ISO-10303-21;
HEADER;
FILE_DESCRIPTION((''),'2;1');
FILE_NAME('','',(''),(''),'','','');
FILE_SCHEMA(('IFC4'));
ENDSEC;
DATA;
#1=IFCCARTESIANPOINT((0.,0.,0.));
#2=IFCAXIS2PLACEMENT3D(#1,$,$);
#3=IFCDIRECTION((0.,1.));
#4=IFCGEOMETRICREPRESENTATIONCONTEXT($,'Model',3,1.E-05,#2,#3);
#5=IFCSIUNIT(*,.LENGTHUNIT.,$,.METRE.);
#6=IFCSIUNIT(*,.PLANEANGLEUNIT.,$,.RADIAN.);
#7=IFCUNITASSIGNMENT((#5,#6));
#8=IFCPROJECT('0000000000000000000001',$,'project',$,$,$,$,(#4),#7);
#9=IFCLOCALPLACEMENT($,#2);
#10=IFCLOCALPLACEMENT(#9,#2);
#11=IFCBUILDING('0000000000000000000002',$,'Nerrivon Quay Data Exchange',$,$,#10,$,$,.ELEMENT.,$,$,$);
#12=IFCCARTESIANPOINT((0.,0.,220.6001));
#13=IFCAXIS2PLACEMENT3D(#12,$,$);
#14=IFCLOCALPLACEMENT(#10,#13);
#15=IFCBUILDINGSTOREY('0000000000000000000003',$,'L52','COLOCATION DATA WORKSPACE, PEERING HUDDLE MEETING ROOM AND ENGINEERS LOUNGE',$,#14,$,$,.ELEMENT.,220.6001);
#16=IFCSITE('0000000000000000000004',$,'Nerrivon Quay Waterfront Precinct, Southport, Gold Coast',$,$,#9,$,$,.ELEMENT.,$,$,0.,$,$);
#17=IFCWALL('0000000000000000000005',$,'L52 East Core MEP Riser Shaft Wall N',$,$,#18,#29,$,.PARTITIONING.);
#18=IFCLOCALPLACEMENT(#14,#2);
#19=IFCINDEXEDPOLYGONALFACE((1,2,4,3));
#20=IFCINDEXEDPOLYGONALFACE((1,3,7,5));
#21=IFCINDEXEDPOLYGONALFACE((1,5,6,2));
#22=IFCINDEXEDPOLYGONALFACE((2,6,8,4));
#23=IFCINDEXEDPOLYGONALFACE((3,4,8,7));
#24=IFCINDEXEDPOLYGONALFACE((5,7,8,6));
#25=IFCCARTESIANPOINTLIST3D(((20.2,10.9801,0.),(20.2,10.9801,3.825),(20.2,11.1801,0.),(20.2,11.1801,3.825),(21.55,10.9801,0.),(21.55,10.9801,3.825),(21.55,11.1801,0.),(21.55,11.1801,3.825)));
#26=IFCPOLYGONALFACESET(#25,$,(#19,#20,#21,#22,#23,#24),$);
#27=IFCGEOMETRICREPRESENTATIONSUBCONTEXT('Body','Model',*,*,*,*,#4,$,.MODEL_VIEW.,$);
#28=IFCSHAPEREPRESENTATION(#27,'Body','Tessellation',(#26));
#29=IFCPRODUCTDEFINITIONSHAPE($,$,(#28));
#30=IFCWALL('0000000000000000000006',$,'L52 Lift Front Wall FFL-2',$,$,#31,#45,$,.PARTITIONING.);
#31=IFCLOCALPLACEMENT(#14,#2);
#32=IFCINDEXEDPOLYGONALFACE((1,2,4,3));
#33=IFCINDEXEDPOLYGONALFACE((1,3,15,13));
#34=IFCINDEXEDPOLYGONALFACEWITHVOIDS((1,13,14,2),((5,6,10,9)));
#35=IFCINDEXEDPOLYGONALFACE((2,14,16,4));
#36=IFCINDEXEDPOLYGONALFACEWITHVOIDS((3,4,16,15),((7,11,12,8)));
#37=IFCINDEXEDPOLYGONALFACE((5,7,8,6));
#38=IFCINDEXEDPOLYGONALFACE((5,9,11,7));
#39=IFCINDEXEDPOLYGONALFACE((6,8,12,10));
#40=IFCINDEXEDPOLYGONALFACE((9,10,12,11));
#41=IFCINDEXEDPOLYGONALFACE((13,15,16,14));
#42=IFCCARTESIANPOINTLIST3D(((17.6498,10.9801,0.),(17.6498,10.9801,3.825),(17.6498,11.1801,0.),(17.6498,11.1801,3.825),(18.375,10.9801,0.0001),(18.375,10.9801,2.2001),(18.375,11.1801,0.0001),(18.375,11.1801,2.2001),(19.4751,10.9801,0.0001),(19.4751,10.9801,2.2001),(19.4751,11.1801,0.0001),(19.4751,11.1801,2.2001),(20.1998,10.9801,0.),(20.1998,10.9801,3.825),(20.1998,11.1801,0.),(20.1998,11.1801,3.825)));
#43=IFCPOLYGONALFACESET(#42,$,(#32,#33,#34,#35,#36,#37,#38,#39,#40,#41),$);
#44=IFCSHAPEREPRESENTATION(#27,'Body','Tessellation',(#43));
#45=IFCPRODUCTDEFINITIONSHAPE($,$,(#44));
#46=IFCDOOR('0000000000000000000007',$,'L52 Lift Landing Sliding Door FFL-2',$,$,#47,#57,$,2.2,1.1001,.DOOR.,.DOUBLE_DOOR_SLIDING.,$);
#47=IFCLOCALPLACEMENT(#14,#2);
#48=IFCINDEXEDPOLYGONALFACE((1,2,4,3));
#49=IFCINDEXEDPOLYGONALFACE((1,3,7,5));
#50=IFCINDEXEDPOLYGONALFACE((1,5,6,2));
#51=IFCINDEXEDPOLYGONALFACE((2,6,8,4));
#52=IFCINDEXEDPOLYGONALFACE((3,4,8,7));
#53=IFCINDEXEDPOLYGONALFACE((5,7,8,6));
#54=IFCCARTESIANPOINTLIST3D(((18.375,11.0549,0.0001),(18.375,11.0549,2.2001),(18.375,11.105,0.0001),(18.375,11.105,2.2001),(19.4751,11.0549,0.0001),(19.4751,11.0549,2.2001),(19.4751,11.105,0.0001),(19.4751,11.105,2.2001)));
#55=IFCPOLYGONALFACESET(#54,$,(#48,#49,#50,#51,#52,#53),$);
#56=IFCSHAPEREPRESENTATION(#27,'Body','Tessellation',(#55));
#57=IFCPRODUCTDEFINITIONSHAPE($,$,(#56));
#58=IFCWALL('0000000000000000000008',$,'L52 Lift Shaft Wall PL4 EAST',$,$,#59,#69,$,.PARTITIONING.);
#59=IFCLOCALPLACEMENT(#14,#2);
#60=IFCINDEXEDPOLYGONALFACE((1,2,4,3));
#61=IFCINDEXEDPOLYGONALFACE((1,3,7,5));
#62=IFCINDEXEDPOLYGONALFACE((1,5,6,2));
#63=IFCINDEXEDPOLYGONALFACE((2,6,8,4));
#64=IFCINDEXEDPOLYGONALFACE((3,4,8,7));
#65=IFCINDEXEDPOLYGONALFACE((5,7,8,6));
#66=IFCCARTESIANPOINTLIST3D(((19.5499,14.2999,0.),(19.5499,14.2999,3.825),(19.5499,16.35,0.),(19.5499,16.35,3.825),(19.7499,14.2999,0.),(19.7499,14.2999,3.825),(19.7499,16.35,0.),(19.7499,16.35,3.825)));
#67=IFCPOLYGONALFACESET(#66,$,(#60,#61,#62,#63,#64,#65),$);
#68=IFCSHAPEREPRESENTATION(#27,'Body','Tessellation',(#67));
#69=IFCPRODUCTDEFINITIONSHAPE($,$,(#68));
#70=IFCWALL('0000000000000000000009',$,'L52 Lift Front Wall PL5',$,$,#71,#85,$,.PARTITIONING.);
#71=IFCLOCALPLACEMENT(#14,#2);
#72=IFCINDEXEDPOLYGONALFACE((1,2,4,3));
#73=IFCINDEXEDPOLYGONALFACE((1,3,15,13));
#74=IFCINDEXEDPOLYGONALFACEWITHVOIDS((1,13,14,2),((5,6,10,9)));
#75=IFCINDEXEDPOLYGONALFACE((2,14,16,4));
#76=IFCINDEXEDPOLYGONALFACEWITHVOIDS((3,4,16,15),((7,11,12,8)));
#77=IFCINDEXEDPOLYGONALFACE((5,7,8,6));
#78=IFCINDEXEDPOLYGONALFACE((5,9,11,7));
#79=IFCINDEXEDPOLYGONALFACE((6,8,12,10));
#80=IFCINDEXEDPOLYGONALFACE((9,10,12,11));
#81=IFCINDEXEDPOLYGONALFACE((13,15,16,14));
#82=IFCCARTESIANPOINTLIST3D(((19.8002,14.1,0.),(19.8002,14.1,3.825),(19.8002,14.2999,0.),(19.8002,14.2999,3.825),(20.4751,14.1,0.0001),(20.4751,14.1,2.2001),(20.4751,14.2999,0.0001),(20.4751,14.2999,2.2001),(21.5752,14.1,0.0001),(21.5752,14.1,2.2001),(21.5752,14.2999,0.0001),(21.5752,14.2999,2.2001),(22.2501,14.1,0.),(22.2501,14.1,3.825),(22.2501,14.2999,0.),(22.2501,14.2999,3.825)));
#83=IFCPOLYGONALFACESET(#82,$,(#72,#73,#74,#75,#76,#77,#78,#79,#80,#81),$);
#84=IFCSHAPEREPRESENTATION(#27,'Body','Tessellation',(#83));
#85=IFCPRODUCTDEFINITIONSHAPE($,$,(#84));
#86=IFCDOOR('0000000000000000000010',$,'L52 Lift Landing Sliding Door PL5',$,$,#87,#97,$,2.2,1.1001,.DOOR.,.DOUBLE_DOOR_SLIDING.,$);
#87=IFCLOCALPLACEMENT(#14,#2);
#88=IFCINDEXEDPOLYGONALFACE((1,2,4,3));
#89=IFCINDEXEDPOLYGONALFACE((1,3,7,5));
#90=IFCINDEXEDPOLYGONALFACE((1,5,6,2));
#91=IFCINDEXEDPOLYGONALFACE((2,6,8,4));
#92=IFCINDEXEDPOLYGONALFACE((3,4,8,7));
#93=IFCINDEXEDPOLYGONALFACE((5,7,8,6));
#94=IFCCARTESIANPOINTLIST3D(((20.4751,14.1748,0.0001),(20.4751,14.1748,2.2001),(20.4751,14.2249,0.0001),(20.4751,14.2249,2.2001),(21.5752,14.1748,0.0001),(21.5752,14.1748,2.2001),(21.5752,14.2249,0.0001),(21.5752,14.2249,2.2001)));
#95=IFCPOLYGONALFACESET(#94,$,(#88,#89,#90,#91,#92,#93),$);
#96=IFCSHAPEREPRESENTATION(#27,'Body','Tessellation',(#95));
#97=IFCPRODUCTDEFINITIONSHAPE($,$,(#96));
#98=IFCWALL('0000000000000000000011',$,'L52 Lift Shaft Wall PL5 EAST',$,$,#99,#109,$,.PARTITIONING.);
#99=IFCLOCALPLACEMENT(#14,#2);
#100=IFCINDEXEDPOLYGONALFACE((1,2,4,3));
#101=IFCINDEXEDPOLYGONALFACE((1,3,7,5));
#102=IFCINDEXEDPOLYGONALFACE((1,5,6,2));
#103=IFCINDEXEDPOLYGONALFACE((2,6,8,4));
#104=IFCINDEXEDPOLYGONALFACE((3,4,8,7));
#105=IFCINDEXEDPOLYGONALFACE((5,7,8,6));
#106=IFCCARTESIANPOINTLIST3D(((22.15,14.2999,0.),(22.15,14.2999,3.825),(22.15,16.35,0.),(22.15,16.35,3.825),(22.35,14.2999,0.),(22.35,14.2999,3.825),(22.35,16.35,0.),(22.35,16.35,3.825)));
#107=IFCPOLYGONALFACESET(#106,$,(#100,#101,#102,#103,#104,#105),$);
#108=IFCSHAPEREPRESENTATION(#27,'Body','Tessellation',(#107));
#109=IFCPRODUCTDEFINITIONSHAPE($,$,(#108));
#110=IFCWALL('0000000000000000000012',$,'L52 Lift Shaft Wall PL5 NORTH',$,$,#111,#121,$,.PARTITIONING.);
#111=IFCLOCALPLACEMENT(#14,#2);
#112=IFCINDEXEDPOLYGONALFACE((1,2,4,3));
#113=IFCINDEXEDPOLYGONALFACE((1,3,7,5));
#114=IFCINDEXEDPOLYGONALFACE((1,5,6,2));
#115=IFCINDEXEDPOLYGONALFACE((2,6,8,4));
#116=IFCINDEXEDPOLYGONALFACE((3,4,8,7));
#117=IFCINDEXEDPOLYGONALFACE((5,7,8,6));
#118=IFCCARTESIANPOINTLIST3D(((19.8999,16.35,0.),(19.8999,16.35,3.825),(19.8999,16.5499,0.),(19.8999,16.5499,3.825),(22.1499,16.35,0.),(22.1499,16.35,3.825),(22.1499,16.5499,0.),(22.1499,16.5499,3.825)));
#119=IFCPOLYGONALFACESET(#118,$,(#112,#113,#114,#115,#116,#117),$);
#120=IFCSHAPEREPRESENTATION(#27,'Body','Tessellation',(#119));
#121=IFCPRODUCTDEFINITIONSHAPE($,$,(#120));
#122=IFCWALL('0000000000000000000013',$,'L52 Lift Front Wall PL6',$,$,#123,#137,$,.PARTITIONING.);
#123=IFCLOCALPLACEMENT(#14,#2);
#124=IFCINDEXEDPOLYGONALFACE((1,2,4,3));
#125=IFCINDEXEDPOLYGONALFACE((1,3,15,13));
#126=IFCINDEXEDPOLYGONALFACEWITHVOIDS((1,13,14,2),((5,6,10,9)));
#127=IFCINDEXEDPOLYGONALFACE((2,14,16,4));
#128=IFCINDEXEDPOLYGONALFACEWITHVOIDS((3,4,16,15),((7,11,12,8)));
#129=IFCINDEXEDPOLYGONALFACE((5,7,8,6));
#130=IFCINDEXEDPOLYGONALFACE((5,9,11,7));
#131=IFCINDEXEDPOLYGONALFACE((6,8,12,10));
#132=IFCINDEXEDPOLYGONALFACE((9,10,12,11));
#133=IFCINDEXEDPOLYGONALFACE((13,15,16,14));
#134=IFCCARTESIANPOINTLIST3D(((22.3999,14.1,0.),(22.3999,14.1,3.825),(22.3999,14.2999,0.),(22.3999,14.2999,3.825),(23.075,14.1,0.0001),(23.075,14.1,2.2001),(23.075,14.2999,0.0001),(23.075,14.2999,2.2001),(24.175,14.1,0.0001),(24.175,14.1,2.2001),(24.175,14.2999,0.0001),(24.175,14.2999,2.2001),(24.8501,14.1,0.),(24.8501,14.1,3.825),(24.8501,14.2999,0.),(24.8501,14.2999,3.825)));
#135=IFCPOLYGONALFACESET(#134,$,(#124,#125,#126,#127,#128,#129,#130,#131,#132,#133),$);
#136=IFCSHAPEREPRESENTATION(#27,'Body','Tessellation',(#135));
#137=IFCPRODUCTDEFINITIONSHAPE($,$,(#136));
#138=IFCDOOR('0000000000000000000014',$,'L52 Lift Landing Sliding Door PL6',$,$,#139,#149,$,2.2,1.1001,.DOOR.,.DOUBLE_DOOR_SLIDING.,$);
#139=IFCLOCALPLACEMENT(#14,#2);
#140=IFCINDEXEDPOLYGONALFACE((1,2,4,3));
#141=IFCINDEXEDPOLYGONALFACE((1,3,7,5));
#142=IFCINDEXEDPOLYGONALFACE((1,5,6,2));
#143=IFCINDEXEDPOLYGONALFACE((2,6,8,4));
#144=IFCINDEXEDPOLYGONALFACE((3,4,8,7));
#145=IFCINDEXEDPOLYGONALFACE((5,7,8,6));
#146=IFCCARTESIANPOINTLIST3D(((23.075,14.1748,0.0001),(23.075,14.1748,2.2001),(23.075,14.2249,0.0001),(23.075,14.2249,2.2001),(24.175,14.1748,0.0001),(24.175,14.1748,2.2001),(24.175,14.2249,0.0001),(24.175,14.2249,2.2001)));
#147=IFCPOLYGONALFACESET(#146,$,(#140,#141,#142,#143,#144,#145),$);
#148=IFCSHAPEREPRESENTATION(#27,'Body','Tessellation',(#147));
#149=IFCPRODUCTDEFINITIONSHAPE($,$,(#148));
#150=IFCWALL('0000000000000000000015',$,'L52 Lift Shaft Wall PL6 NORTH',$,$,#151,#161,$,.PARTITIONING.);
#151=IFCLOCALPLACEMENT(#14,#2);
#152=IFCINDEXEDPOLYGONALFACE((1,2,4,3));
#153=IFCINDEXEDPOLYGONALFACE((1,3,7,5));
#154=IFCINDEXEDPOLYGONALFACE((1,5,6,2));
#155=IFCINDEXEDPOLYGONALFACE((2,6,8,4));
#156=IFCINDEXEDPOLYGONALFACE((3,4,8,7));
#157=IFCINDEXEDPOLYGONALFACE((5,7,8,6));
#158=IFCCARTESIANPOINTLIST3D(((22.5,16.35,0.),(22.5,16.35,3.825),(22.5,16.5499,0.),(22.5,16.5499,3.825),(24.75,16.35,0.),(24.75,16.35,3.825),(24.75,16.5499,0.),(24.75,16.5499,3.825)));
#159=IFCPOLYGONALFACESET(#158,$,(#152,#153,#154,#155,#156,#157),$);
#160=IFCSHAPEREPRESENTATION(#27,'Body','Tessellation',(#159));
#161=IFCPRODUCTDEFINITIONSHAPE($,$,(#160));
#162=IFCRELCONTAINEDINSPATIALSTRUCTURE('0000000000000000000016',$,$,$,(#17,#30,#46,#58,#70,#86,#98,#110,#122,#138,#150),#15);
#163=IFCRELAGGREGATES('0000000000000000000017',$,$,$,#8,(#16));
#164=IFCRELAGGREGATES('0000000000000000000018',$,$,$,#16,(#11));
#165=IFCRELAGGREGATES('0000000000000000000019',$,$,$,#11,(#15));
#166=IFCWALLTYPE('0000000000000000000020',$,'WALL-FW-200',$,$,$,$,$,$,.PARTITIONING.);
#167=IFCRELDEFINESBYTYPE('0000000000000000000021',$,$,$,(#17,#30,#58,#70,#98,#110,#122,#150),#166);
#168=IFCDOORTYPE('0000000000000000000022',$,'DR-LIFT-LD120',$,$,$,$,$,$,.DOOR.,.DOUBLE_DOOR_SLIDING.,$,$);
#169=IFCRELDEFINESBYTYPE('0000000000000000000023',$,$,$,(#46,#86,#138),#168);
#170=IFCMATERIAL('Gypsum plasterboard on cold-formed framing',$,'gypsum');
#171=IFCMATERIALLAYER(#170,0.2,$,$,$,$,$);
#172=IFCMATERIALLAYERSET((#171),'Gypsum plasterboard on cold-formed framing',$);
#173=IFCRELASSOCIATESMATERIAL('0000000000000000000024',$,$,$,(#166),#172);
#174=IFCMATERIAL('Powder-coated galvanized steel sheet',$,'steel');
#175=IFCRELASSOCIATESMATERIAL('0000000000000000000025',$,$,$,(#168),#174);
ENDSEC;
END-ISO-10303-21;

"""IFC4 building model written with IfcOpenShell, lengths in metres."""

from ifc_helpers import new_model, si_unit, direction, frame, frame_2d, origin, place, context, subcontext, project, spatial, rectangle, extrude, material, layer, layer_set, type_object, element, fill, save


model = new_model("IFC4")

# Units and contexts
model_context = context("Model", 3, precision=1e-05, world=origin(), true_north=direction((0.0, 1.0)))
body_context = subcontext(model_context, "Body", "Model", "MODEL_VIEW")
ifc_project = project(units=[si_unit("LENGTHUNIT", "METRE"), si_unit("PLANEANGLEUNIT", "RADIAN")], contexts=[model_context])

# Site, building, storey
site_placement = place(None, origin())
site = spatial("IfcSite", under=ifc_project, at=site_placement, Name="Nerrivon Quay Waterfront Precinct, Southport, Gold Coast", CompositionType="ELEMENT", RefElevation=0.0)
building_placement = place(site_placement, origin())
building = spatial("IfcBuilding", under=site, at=building_placement, Name="Nerrivon Quay Data Exchange", CompositionType="ELEMENT")
storey_placement = place(building_placement, frame((0.0, 0.0, 220.6001)))
storey = spatial("IfcBuildingStorey", under=building, at=storey_placement, Name="L52", Description="COLOCATION DATA WORKSPACE, PEERING HUDDLE MEETING ROOM AND ENGINEERS LOUNGE", CompositionType="ELEMENT", Elevation=220.6001)

# Wall
ifc_material_1 = material(Name="Gypsum plasterboard on cold-formed framing", Category="gypsum")
ifc_layer_1 = layer(ifc_material_1, 0.2)
ifc_layer_set_1 = layer_set([ifc_layer_1], Name="Gypsum plasterboard on cold-formed framing")
wall_type_1 = type_object("IfcWallType", Name="WALL-FW-200", PredefinedType="PARTITIONING", material=ifc_layer_set_1)
wall_1_placement = place(storey_placement, frame((20.2, 11.0801, 0.0), z_axis=(0.0, 0.0, 1.0), x_axis=(1.0, 0.0, 0.0)))
element("IfcWall", 1, at=wall_1_placement, inside=storey, type_object=wall_type_1, Name="L52 East Core MEP Riser Shaft Wall N", PredefinedType="PARTITIONING", context=body_context, shape_type="SweptSolid", body=[
    extrude(rectangle(XDim=1.3501, YDim=0.2, at=frame_2d((0.675, 0.0))), origin(), (0.0, 0.0, 1.0), 3.825),
])

# Wall, opening, door
wall_2_placement = place(storey_placement, frame((17.6499, 11.0801, 0.0), z_axis=(0.0, 0.0, 1.0), x_axis=(1.0, 0.0, 0.0)))
wall_2 = element("IfcWall", 2, at=wall_2_placement, inside=storey, type_object=wall_type_1, Name="L52 Lift Front Wall FFL-2", PredefinedType="PARTITIONING", context=body_context, shape_type="SweptSolid", body=[
    extrude(rectangle(XDim=2.55, YDim=0.2, at=frame_2d((1.2749, 0.0))), origin(), (0.0, 0.0, 1.0), 3.825),
])
opening_1_placement = place(wall_2_placement, frame((0.7251, 0.0, 0.0)))
opening_1 = element("IfcOpeningElement", 3, at=opening_1_placement, cuts=wall_2, PredefinedType="OPENING", context=body_context, shape_type="SweptSolid", body=[
    extrude(rectangle(XDim=1.1001, YDim=2.2, at=frame_2d((0.55, 1.1001))), frame((0.0, 0.1099, 0.0), z_axis=(0.0, -1.0, 0.0), x_axis=(1.0, 0.0, 0.0)), (0.0, 0.0, 1.0), 0.22),
])
ifc_material_2 = material(Name="Powder-coated galvanized steel sheet", Category="steel")
door_type_1 = type_object("IfcDoorType", Name="DR-LIFT-LD120", OperationType="DOUBLE_DOOR_SLIDING", PredefinedType="DOOR", material=ifc_material_2)
door_1_placement = place(opening_1_placement, origin())
door_1 = element("IfcDoor", 4, at=door_1_placement, inside=storey, type_object=door_type_1, Name="L52 Lift Landing Sliding Door FFL-2", OperationType="DOUBLE_DOOR_SLIDING", OverallHeight=2.2, OverallWidth=1.1001, PredefinedType="DOOR", context=body_context, shape_type="SweptSolid", body=[
    extrude(rectangle(XDim=1.1001, YDim=2.2, at=frame_2d((0.55, 1.1001))), frame((0.0, 0.0249, 0.0), z_axis=(0.0, -1.0, 0.0), x_axis=(1.0, 0.0, 0.0)), (0.0, 0.0, 1.0), 0.05),
])
fill(opening_1, door_1)

# Wall
wall_3_placement = place(storey_placement, frame((19.6499, 14.3, 0.0), z_axis=(0.0, 0.0, 1.0), x_axis=(0.0, 1.0, 0.0)))
element("IfcWall", 5, at=wall_3_placement, inside=storey, type_object=wall_type_1, Name="L52 Lift Shaft Wall PL4 EAST", PredefinedType="PARTITIONING", context=body_context, shape_type="SweptSolid", body=[
    extrude(rectangle(XDim=2.05, YDim=0.2, at=frame_2d((1.0249, 0.0))), origin(), (0.0, 0.0, 1.0), 3.825),
])

# Wall, opening, door
wall_4_placement = place(storey_placement, frame((19.8, 14.2, 0.0), z_axis=(0.0, 0.0, 1.0), x_axis=(1.0, 0.0, 0.0)))
wall_4 = element("IfcWall", 6, at=wall_4_placement, inside=storey, type_object=wall_type_1, Name="L52 Lift Front Wall PL5", PredefinedType="PARTITIONING", context=body_context, shape_type="SweptSolid", body=[
    extrude(rectangle(XDim=2.45, YDim=0.2, at=frame_2d((1.2251, 0.0))), origin(), (0.0, 0.0, 1.0), 3.825),
])
opening_2_placement = place(wall_4_placement, frame((0.675, 0.0, 0.0)))
opening_2 = element("IfcOpeningElement", 7, at=opening_2_placement, cuts=wall_4, PredefinedType="OPENING", context=body_context, shape_type="SweptSolid", body=[
    extrude(rectangle(XDim=1.1001, YDim=2.2, at=frame_2d((0.55, 1.1001))), frame((0.0, 0.1099, 0.0), z_axis=(0.0, -1.0, 0.0), x_axis=(1.0, 0.0, 0.0)), (0.0, 0.0, 1.0), 0.22),
])
door_2_placement = place(opening_2_placement, origin())
door_2 = element("IfcDoor", 8, at=door_2_placement, inside=storey, type_object=door_type_1, Name="L52 Lift Landing Sliding Door PL5", OperationType="DOUBLE_DOOR_SLIDING", OverallHeight=2.2, OverallWidth=1.1001, PredefinedType="DOOR", context=body_context, shape_type="SweptSolid", body=[
    extrude(rectangle(XDim=1.1001, YDim=2.2, at=frame_2d((0.55, 1.1001))), frame((0.0, 0.0249, 0.0), z_axis=(0.0, -1.0, 0.0), x_axis=(1.0, 0.0, 0.0)), (0.0, 0.0, 1.0), 0.05),
])
fill(opening_2, door_2)

# Walls
wall_5_placement = place(storey_placement, frame((22.25, 14.3, 0.0), z_axis=(0.0, 0.0, 1.0), x_axis=(0.0, 1.0, 0.0)))
element("IfcWall", 9, at=wall_5_placement, inside=storey, type_object=wall_type_1, Name="L52 Lift Shaft Wall PL5 EAST", PredefinedType="PARTITIONING", context=body_context, shape_type="SweptSolid", body=[
    extrude(rectangle(XDim=2.05, YDim=0.2, at=frame_2d((1.0249, 0.0))), origin(), (0.0, 0.0, 1.0), 3.825),
])
wall_6_placement = place(storey_placement, frame((19.8999, 16.45, 0.0), z_axis=(0.0, 0.0, 1.0), x_axis=(1.0, 0.0, 0.0)))
element("IfcWall", 10, at=wall_6_placement, inside=storey, type_object=wall_type_1, Name="L52 Lift Shaft Wall PL5 NORTH", PredefinedType="PARTITIONING", context=body_context, shape_type="SweptSolid", body=[
    extrude(rectangle(XDim=2.25, YDim=0.2, at=frame_2d((1.125, 0.0))), origin(), (0.0, 0.0, 1.0), 3.825),
])

# Wall, opening, door
wall_7_placement = place(storey_placement, frame((22.3999, 14.2, 0.0), z_axis=(0.0, 0.0, 1.0), x_axis=(1.0, 0.0, 0.0)))
wall_7 = element("IfcWall", 11, at=wall_7_placement, inside=storey, type_object=wall_type_1, Name="L52 Lift Front Wall PL6", PredefinedType="PARTITIONING", context=body_context, shape_type="SweptSolid", body=[
    extrude(rectangle(XDim=2.4502, YDim=0.2, at=frame_2d((1.2251, 0.0))), origin(), (0.0, 0.0, 1.0), 3.825),
])
opening_3_placement = place(wall_7_placement, frame((0.675, 0.0, 0.0)))
opening_3 = element("IfcOpeningElement", 12, at=opening_3_placement, cuts=wall_7, PredefinedType="OPENING", context=body_context, shape_type="SweptSolid", body=[
    extrude(rectangle(XDim=1.1001, YDim=2.2, at=frame_2d((0.55, 1.1001))), frame((0.0, 0.1099, 0.0), z_axis=(0.0, -1.0, 0.0), x_axis=(1.0, 0.0, 0.0)), (0.0, 0.0, 1.0), 0.22),
])
door_3_placement = place(opening_3_placement, origin())
door_3 = element("IfcDoor", 13, at=door_3_placement, inside=storey, type_object=door_type_1, Name="L52 Lift Landing Sliding Door PL6", OperationType="DOUBLE_DOOR_SLIDING", OverallHeight=2.2, OverallWidth=1.1001, PredefinedType="DOOR", context=body_context, shape_type="SweptSolid", body=[
    extrude(rectangle(XDim=1.1001, YDim=2.2, at=frame_2d((0.55, 1.1001))), frame((0.0, 0.0249, 0.0), z_axis=(0.0, -1.0, 0.0), x_axis=(1.0, 0.0, 0.0)), (0.0, 0.0, 1.0), 0.05),
])
fill(opening_3, door_3)

# Wall
wall_8_placement = place(storey_placement, frame((22.5, 16.45, 0.0), z_axis=(0.0, 0.0, 1.0), x_axis=(1.0, 0.0, 0.0)))
element("IfcWall", 14, at=wall_8_placement, inside=storey, type_object=wall_type_1, Name="L52 Lift Shaft Wall PL6 NORTH", PredefinedType="PARTITIONING", context=body_context, shape_type="SweptSolid", body=[
    extrude(rectangle(XDim=2.25, YDim=0.2, at=frame_2d((1.125, 0.0))), origin(), (0.0, 0.0, 1.0), 3.825),
])

save(model, "model.ifc")
